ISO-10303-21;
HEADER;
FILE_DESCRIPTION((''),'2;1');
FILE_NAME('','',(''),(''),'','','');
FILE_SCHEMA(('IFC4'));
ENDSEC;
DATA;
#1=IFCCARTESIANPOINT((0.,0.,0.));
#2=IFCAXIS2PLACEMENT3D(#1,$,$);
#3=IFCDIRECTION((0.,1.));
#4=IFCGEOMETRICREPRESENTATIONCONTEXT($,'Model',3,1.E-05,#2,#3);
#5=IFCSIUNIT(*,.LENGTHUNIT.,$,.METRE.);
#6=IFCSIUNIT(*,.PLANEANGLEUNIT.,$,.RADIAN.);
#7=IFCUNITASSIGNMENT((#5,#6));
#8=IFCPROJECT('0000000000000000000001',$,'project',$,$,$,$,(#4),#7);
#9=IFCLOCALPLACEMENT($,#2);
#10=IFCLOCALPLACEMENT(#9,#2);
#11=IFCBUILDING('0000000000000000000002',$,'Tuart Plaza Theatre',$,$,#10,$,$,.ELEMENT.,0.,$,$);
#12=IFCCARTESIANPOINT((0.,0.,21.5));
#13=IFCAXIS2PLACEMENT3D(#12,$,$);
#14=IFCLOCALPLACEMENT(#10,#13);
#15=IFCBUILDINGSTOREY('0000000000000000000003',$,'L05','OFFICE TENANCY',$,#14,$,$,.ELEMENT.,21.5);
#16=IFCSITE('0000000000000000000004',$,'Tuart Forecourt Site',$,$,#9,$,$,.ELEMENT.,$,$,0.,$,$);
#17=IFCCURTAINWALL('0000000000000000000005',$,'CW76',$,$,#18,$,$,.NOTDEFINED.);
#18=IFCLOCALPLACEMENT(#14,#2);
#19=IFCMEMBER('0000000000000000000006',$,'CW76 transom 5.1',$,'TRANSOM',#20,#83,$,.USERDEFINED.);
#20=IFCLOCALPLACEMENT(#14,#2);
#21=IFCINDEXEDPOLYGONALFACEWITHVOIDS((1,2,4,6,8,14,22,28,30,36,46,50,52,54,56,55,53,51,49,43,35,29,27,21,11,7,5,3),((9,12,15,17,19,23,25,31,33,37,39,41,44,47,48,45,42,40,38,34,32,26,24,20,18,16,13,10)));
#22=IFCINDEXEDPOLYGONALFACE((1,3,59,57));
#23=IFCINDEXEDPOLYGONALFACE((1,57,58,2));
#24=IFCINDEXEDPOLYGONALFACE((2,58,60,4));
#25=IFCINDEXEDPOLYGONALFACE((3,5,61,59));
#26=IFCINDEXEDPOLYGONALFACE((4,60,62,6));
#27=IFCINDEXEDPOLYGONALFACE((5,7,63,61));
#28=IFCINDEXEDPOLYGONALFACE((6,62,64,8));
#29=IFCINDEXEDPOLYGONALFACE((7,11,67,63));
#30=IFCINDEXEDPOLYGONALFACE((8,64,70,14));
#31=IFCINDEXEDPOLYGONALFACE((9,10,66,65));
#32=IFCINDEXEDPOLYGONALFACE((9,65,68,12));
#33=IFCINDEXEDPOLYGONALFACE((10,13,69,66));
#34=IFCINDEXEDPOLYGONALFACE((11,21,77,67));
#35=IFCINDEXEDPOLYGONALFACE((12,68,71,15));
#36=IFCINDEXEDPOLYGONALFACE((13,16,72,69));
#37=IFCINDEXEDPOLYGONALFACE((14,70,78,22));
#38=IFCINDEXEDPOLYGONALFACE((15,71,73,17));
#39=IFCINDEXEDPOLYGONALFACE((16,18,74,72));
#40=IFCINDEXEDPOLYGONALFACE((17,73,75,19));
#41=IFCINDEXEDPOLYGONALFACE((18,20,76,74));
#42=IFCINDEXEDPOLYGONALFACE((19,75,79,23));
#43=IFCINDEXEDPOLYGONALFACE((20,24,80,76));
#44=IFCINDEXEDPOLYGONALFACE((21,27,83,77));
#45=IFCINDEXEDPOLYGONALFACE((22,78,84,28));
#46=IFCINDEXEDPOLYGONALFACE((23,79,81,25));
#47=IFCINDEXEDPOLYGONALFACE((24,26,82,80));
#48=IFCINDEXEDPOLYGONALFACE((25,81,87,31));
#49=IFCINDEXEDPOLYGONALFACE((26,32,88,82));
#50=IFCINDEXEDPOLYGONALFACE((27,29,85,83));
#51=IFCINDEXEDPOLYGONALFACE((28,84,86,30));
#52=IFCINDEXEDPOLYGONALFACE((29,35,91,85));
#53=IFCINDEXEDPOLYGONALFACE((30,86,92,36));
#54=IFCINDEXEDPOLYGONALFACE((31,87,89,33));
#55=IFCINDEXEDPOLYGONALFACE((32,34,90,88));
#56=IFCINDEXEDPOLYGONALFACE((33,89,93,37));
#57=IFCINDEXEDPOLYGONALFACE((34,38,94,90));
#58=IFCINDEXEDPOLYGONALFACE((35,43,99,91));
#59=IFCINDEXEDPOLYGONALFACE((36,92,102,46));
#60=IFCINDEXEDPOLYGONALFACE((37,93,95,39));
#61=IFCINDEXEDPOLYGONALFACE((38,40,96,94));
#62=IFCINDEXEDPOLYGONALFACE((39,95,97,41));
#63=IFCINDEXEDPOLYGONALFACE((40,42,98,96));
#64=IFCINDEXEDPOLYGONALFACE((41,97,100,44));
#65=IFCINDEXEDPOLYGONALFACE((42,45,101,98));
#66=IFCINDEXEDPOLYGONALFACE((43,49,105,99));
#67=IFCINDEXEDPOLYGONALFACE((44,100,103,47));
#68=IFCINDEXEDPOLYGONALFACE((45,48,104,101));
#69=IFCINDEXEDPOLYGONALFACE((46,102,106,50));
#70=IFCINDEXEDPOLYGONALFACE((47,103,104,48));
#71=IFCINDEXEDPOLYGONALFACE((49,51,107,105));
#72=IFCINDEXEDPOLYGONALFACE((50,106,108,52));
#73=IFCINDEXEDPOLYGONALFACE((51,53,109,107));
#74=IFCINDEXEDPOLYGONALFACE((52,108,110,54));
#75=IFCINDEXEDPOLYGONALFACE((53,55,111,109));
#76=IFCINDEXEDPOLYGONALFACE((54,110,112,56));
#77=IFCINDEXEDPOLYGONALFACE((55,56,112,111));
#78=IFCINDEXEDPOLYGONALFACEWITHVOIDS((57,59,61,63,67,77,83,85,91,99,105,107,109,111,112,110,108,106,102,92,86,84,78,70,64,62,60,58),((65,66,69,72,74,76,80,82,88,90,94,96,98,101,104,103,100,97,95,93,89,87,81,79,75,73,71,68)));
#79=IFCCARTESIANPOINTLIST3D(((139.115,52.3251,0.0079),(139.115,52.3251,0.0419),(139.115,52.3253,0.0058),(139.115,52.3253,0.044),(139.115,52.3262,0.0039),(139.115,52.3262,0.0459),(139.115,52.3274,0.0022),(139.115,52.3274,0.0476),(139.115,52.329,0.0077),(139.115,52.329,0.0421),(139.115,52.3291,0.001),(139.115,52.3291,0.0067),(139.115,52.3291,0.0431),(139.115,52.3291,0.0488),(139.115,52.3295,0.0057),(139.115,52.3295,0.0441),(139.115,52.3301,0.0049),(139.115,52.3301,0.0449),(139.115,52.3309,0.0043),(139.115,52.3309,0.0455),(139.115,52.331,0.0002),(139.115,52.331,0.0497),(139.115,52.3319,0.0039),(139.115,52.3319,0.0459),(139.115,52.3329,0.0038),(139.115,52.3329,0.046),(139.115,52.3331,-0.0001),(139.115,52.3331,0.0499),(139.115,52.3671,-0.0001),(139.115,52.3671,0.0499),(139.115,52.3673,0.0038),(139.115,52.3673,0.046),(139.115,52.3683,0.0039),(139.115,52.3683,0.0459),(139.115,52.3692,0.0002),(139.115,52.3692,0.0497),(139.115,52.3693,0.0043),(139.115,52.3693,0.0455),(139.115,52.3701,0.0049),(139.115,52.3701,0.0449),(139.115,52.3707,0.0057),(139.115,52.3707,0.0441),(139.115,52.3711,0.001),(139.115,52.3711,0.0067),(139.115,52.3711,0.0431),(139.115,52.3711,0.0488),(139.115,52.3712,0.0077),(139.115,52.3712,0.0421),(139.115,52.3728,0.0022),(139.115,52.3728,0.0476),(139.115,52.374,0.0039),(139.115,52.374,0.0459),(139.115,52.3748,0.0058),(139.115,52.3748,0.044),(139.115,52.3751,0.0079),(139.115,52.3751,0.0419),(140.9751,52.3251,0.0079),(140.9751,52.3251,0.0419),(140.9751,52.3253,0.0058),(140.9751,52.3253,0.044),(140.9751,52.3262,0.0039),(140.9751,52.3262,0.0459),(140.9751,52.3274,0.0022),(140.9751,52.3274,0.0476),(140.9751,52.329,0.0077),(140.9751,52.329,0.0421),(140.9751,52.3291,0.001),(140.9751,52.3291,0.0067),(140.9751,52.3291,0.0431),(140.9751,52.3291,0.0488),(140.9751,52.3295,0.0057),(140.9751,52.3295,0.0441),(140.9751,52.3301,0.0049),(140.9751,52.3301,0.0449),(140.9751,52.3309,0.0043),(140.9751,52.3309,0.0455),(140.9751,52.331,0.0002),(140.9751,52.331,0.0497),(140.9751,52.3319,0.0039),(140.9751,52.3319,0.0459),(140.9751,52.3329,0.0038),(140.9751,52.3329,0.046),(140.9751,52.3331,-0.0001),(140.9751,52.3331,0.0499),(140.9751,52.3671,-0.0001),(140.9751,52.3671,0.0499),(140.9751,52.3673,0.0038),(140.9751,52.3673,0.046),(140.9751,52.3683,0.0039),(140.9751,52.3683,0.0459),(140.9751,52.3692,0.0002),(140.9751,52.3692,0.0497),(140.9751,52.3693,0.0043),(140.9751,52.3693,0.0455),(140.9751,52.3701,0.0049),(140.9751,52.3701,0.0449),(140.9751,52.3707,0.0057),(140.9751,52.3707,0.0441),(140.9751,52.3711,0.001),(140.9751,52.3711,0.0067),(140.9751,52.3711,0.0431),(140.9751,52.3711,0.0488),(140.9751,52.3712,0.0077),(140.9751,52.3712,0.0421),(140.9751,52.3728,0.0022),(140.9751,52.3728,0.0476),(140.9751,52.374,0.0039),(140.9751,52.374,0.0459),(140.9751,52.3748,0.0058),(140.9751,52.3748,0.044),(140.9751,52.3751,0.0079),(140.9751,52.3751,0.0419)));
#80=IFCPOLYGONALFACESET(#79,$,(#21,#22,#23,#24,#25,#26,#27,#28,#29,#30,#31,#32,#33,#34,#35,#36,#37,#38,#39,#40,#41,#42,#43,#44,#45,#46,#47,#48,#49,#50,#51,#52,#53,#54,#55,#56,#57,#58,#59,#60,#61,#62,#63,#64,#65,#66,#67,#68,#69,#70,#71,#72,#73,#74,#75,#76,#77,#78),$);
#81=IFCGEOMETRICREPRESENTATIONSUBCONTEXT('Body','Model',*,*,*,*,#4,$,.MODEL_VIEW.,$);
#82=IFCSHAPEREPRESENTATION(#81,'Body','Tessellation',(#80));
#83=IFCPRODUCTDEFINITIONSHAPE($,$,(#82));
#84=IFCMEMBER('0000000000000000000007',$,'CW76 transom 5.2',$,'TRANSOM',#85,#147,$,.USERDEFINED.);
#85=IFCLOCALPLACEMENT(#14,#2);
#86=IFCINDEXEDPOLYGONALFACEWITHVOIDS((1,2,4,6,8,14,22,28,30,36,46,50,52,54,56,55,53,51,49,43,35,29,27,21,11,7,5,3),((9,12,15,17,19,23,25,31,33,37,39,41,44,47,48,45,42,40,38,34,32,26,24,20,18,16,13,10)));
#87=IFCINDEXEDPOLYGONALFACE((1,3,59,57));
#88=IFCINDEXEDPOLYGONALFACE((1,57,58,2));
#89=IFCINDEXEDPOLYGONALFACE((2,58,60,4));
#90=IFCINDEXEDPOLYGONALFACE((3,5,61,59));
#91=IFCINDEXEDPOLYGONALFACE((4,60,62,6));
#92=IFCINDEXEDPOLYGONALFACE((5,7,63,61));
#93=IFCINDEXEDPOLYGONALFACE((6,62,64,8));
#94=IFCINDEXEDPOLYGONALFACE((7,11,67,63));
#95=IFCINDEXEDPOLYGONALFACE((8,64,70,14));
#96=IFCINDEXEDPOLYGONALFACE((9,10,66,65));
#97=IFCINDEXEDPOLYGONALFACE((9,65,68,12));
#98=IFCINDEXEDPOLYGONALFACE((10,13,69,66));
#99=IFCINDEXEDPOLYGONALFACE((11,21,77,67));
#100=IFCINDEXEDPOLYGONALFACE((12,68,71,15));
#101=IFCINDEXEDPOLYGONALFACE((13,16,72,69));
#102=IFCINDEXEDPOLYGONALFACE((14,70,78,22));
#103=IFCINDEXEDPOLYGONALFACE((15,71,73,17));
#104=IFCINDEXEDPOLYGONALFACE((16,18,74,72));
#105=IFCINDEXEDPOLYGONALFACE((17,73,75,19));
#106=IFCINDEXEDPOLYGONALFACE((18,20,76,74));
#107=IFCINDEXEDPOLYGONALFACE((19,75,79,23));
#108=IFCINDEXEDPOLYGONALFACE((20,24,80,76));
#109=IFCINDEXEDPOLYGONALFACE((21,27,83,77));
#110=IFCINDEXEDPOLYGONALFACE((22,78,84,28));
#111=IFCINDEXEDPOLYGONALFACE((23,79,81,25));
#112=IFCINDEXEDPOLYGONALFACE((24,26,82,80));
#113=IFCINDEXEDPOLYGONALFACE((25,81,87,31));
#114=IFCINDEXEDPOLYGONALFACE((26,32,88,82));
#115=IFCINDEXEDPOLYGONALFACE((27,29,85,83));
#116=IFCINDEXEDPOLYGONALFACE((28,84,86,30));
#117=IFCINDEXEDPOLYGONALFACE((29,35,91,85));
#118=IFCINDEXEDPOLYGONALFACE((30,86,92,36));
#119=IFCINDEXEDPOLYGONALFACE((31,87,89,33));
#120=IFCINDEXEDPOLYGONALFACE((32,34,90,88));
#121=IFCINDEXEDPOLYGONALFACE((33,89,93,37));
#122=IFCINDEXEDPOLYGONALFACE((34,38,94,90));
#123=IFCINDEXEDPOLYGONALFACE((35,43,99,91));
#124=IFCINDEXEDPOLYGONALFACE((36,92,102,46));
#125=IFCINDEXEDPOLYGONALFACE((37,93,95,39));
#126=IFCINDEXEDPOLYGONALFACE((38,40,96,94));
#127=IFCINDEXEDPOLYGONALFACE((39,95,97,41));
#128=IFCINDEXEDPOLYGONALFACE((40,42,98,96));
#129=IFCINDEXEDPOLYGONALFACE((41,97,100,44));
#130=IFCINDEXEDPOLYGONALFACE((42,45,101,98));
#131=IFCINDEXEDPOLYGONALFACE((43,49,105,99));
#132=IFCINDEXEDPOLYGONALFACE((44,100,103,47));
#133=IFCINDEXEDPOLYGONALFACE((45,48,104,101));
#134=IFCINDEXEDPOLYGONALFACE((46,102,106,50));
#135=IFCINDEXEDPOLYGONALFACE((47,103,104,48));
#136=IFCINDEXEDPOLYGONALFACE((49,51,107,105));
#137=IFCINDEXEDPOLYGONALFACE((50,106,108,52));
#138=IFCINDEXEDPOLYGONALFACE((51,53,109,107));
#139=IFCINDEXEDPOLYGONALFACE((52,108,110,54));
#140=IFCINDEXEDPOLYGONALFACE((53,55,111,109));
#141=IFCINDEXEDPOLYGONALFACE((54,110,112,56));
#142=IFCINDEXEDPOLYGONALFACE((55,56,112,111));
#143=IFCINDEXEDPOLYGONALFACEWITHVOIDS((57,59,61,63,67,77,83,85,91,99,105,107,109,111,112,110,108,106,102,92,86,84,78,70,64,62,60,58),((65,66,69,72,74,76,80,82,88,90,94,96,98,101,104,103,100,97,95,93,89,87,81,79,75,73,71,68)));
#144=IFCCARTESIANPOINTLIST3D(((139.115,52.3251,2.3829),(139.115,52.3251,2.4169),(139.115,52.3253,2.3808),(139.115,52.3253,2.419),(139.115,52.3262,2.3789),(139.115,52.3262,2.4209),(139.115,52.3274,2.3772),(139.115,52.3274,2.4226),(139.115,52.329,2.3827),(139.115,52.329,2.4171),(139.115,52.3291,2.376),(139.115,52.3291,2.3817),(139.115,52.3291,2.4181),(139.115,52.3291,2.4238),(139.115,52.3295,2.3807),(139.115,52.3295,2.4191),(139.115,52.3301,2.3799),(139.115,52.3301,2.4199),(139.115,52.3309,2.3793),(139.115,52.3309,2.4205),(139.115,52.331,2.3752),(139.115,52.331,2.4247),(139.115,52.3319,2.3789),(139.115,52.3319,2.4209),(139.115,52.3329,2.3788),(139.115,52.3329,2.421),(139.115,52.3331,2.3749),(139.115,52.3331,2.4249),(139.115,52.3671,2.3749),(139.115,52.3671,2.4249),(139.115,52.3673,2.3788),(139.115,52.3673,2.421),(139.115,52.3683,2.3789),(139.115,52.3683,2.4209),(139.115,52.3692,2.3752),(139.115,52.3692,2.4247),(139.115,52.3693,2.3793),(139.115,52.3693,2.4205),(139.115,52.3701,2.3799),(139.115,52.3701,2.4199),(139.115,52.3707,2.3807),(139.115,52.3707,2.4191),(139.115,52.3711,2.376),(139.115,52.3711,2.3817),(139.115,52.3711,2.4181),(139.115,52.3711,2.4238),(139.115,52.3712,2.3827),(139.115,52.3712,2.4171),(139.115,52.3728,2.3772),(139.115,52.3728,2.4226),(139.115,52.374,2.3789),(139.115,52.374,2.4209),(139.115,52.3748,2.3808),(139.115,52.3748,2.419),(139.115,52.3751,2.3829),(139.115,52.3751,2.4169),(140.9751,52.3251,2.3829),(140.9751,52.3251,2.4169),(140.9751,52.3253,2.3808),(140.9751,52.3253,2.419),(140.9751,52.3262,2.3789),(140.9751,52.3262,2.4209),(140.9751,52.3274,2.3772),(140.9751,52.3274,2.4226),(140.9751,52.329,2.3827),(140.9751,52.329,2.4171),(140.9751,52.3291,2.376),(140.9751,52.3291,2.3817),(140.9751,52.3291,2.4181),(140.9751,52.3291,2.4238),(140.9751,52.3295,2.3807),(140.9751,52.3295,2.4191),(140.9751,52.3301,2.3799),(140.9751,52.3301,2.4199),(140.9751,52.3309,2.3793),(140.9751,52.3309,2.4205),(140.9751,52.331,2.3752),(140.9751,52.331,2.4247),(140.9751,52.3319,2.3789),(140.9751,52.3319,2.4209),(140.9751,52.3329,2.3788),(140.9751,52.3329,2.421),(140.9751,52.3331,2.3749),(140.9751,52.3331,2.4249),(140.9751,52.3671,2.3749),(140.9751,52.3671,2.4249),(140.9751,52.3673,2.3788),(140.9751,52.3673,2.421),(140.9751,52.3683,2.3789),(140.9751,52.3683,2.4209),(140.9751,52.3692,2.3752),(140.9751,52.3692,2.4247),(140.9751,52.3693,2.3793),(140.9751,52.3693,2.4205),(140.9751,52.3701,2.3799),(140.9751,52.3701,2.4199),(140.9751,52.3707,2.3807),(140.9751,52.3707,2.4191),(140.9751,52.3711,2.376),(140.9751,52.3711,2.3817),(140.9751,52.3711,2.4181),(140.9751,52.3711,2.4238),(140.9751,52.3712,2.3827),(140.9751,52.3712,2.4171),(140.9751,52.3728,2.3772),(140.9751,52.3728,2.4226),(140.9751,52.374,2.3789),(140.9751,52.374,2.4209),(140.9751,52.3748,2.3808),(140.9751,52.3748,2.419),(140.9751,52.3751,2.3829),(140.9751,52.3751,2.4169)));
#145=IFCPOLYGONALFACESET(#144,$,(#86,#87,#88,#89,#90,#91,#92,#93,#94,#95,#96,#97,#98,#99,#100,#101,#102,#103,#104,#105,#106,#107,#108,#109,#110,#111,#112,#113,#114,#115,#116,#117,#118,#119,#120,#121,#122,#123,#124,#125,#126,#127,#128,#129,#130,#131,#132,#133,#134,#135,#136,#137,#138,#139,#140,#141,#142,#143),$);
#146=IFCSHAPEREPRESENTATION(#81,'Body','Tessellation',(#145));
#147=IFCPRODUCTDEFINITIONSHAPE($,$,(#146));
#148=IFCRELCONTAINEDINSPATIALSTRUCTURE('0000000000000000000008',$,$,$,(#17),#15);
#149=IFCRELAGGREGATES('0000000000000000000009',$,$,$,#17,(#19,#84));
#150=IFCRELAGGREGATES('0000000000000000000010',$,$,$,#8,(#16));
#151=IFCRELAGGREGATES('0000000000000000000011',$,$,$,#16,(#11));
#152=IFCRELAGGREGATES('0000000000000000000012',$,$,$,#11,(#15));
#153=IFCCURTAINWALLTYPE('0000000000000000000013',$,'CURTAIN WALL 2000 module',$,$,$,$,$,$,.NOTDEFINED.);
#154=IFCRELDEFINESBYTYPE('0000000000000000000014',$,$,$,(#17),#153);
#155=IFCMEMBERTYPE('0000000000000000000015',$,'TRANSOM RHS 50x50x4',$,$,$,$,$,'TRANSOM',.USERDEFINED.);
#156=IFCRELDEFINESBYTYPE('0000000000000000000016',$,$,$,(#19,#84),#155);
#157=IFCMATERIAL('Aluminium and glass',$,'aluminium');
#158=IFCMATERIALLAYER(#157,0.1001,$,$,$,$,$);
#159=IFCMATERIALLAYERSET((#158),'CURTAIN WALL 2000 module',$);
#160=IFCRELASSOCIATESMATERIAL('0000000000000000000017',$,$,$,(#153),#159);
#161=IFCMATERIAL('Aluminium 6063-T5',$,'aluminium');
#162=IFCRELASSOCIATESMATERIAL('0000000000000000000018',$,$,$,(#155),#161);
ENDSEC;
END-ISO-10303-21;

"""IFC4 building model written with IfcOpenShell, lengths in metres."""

from ifc_helpers import new_model, si_unit, direction, frame, origin, origin_2d, place, context, subcontext, project, spatial, hollow_rectangle, extrude, material, layer, layer_set, material_profile, profile_set, type_object, element, aggregate, save


model = new_model("IFC4")

# Units and contexts
model_context = context("Model", 3, precision=1e-05, world=origin(), true_north=direction((0.0, 1.0)))
body_context = subcontext(model_context, "Body", "Model", "MODEL_VIEW")
ifc_project = project(units=[si_unit("LENGTHUNIT", "METRE"), si_unit("PLANEANGLEUNIT", "RADIAN")], contexts=[model_context])

# Site, building, storey
site_placement = place(None, origin())
site = spatial("IfcSite", under=ifc_project, at=site_placement, Name="Tuart Forecourt Site", CompositionType="ELEMENT", RefElevation=0.0)
building_placement = place(site_placement, origin())
building = spatial("IfcBuilding", under=site, at=building_placement, Name="Tuart Plaza Theatre", CompositionType="ELEMENT", ElevationOfRefHeight=0.0)
storey_placement = place(building_placement, frame((0.0, 0.0, 21.5)))
storey = spatial("IfcBuildingStorey", under=building, at=storey_placement, Name="L05", Description="OFFICE TENANCY", CompositionType="ELEMENT", Elevation=21.5)

# Curtain wall, members
ifc_material_1 = material(Name="Aluminium and glass", Category="aluminium")
ifc_layer_1 = layer(ifc_material_1, 0.1001)
ifc_layer_set_1 = layer_set([ifc_layer_1], Name="CURTAIN WALL 2000 module")
curtain_wall_type = type_object("IfcCurtainWallType", Name="CURTAIN WALL 2000 module", PredefinedType="NOTDEFINED", material=ifc_layer_set_1)
curtain_wall_placement = place(storey_placement, origin())
curtain_wall = element("IfcCurtainWall", 1, at=curtain_wall_placement, inside=storey, type_object=curtain_wall_type, Name="CW76", PredefinedType="NOTDEFINED")
ifc_material_2 = material(Name="Aluminium 6063-T5", Category="aluminium")
ifc_material_profile_1 = material_profile(ifc_material_2, hollow_rectangle(XDim=0.05, YDim=0.05, WallThickness=0.0039, InnerFilletRadius=0.0039, OuterFilletRadius=0.0081, at=origin_2d()), Name="RHS 50x50x4")
ifc_profile_set_1 = profile_set([ifc_material_profile_1], Name="Aluminium 6063-T5")
member_type_1 = type_object("IfcMemberType", Name="TRANSOM RHS 50x50x4", ElementType="TRANSOM", PredefinedType="USERDEFINED", material=ifc_profile_set_1)
member_1_placement = place(storey_placement, frame((139.115, 52.3501, 0.0249), z_axis=(1.0, 0.0, 0.0), x_axis=(0.0, 1.0, 0.0)))
member_1 = element("IfcMember", 2, at=member_1_placement, type_object=member_type_1, Name="CW76 transom 5.1", ObjectType="TRANSOM", PredefinedType="USERDEFINED", context=body_context, shape_type="SweptSolid", body=[
    extrude(hollow_rectangle(XDim=0.05, YDim=0.05, WallThickness=0.0039, InnerFilletRadius=0.0039, OuterFilletRadius=0.0081, at=origin_2d()), origin(), (0.0, 0.0, 1.0), 1.8601),
])
member_2_placement = place(storey_placement, frame((139.115, 52.3501, 2.3999), z_axis=(1.0, 0.0, 0.0), x_axis=(0.0, 1.0, 0.0)))
member_2 = element("IfcMember", 3, at=member_2_placement, type_object=member_type_1, Name="CW76 transom 5.2", ObjectType="TRANSOM", PredefinedType="USERDEFINED", context=body_context, shape_type="SweptSolid", body=[
    extrude(hollow_rectangle(XDim=0.05, YDim=0.05, WallThickness=0.0039, InnerFilletRadius=0.0039, OuterFilletRadius=0.0081, at=origin_2d()), origin(), (0.0, 0.0, 1.0), 1.8601),
])
aggregate(curtain_wall, [member_1, member_2])

save(model, "model.ifc")
